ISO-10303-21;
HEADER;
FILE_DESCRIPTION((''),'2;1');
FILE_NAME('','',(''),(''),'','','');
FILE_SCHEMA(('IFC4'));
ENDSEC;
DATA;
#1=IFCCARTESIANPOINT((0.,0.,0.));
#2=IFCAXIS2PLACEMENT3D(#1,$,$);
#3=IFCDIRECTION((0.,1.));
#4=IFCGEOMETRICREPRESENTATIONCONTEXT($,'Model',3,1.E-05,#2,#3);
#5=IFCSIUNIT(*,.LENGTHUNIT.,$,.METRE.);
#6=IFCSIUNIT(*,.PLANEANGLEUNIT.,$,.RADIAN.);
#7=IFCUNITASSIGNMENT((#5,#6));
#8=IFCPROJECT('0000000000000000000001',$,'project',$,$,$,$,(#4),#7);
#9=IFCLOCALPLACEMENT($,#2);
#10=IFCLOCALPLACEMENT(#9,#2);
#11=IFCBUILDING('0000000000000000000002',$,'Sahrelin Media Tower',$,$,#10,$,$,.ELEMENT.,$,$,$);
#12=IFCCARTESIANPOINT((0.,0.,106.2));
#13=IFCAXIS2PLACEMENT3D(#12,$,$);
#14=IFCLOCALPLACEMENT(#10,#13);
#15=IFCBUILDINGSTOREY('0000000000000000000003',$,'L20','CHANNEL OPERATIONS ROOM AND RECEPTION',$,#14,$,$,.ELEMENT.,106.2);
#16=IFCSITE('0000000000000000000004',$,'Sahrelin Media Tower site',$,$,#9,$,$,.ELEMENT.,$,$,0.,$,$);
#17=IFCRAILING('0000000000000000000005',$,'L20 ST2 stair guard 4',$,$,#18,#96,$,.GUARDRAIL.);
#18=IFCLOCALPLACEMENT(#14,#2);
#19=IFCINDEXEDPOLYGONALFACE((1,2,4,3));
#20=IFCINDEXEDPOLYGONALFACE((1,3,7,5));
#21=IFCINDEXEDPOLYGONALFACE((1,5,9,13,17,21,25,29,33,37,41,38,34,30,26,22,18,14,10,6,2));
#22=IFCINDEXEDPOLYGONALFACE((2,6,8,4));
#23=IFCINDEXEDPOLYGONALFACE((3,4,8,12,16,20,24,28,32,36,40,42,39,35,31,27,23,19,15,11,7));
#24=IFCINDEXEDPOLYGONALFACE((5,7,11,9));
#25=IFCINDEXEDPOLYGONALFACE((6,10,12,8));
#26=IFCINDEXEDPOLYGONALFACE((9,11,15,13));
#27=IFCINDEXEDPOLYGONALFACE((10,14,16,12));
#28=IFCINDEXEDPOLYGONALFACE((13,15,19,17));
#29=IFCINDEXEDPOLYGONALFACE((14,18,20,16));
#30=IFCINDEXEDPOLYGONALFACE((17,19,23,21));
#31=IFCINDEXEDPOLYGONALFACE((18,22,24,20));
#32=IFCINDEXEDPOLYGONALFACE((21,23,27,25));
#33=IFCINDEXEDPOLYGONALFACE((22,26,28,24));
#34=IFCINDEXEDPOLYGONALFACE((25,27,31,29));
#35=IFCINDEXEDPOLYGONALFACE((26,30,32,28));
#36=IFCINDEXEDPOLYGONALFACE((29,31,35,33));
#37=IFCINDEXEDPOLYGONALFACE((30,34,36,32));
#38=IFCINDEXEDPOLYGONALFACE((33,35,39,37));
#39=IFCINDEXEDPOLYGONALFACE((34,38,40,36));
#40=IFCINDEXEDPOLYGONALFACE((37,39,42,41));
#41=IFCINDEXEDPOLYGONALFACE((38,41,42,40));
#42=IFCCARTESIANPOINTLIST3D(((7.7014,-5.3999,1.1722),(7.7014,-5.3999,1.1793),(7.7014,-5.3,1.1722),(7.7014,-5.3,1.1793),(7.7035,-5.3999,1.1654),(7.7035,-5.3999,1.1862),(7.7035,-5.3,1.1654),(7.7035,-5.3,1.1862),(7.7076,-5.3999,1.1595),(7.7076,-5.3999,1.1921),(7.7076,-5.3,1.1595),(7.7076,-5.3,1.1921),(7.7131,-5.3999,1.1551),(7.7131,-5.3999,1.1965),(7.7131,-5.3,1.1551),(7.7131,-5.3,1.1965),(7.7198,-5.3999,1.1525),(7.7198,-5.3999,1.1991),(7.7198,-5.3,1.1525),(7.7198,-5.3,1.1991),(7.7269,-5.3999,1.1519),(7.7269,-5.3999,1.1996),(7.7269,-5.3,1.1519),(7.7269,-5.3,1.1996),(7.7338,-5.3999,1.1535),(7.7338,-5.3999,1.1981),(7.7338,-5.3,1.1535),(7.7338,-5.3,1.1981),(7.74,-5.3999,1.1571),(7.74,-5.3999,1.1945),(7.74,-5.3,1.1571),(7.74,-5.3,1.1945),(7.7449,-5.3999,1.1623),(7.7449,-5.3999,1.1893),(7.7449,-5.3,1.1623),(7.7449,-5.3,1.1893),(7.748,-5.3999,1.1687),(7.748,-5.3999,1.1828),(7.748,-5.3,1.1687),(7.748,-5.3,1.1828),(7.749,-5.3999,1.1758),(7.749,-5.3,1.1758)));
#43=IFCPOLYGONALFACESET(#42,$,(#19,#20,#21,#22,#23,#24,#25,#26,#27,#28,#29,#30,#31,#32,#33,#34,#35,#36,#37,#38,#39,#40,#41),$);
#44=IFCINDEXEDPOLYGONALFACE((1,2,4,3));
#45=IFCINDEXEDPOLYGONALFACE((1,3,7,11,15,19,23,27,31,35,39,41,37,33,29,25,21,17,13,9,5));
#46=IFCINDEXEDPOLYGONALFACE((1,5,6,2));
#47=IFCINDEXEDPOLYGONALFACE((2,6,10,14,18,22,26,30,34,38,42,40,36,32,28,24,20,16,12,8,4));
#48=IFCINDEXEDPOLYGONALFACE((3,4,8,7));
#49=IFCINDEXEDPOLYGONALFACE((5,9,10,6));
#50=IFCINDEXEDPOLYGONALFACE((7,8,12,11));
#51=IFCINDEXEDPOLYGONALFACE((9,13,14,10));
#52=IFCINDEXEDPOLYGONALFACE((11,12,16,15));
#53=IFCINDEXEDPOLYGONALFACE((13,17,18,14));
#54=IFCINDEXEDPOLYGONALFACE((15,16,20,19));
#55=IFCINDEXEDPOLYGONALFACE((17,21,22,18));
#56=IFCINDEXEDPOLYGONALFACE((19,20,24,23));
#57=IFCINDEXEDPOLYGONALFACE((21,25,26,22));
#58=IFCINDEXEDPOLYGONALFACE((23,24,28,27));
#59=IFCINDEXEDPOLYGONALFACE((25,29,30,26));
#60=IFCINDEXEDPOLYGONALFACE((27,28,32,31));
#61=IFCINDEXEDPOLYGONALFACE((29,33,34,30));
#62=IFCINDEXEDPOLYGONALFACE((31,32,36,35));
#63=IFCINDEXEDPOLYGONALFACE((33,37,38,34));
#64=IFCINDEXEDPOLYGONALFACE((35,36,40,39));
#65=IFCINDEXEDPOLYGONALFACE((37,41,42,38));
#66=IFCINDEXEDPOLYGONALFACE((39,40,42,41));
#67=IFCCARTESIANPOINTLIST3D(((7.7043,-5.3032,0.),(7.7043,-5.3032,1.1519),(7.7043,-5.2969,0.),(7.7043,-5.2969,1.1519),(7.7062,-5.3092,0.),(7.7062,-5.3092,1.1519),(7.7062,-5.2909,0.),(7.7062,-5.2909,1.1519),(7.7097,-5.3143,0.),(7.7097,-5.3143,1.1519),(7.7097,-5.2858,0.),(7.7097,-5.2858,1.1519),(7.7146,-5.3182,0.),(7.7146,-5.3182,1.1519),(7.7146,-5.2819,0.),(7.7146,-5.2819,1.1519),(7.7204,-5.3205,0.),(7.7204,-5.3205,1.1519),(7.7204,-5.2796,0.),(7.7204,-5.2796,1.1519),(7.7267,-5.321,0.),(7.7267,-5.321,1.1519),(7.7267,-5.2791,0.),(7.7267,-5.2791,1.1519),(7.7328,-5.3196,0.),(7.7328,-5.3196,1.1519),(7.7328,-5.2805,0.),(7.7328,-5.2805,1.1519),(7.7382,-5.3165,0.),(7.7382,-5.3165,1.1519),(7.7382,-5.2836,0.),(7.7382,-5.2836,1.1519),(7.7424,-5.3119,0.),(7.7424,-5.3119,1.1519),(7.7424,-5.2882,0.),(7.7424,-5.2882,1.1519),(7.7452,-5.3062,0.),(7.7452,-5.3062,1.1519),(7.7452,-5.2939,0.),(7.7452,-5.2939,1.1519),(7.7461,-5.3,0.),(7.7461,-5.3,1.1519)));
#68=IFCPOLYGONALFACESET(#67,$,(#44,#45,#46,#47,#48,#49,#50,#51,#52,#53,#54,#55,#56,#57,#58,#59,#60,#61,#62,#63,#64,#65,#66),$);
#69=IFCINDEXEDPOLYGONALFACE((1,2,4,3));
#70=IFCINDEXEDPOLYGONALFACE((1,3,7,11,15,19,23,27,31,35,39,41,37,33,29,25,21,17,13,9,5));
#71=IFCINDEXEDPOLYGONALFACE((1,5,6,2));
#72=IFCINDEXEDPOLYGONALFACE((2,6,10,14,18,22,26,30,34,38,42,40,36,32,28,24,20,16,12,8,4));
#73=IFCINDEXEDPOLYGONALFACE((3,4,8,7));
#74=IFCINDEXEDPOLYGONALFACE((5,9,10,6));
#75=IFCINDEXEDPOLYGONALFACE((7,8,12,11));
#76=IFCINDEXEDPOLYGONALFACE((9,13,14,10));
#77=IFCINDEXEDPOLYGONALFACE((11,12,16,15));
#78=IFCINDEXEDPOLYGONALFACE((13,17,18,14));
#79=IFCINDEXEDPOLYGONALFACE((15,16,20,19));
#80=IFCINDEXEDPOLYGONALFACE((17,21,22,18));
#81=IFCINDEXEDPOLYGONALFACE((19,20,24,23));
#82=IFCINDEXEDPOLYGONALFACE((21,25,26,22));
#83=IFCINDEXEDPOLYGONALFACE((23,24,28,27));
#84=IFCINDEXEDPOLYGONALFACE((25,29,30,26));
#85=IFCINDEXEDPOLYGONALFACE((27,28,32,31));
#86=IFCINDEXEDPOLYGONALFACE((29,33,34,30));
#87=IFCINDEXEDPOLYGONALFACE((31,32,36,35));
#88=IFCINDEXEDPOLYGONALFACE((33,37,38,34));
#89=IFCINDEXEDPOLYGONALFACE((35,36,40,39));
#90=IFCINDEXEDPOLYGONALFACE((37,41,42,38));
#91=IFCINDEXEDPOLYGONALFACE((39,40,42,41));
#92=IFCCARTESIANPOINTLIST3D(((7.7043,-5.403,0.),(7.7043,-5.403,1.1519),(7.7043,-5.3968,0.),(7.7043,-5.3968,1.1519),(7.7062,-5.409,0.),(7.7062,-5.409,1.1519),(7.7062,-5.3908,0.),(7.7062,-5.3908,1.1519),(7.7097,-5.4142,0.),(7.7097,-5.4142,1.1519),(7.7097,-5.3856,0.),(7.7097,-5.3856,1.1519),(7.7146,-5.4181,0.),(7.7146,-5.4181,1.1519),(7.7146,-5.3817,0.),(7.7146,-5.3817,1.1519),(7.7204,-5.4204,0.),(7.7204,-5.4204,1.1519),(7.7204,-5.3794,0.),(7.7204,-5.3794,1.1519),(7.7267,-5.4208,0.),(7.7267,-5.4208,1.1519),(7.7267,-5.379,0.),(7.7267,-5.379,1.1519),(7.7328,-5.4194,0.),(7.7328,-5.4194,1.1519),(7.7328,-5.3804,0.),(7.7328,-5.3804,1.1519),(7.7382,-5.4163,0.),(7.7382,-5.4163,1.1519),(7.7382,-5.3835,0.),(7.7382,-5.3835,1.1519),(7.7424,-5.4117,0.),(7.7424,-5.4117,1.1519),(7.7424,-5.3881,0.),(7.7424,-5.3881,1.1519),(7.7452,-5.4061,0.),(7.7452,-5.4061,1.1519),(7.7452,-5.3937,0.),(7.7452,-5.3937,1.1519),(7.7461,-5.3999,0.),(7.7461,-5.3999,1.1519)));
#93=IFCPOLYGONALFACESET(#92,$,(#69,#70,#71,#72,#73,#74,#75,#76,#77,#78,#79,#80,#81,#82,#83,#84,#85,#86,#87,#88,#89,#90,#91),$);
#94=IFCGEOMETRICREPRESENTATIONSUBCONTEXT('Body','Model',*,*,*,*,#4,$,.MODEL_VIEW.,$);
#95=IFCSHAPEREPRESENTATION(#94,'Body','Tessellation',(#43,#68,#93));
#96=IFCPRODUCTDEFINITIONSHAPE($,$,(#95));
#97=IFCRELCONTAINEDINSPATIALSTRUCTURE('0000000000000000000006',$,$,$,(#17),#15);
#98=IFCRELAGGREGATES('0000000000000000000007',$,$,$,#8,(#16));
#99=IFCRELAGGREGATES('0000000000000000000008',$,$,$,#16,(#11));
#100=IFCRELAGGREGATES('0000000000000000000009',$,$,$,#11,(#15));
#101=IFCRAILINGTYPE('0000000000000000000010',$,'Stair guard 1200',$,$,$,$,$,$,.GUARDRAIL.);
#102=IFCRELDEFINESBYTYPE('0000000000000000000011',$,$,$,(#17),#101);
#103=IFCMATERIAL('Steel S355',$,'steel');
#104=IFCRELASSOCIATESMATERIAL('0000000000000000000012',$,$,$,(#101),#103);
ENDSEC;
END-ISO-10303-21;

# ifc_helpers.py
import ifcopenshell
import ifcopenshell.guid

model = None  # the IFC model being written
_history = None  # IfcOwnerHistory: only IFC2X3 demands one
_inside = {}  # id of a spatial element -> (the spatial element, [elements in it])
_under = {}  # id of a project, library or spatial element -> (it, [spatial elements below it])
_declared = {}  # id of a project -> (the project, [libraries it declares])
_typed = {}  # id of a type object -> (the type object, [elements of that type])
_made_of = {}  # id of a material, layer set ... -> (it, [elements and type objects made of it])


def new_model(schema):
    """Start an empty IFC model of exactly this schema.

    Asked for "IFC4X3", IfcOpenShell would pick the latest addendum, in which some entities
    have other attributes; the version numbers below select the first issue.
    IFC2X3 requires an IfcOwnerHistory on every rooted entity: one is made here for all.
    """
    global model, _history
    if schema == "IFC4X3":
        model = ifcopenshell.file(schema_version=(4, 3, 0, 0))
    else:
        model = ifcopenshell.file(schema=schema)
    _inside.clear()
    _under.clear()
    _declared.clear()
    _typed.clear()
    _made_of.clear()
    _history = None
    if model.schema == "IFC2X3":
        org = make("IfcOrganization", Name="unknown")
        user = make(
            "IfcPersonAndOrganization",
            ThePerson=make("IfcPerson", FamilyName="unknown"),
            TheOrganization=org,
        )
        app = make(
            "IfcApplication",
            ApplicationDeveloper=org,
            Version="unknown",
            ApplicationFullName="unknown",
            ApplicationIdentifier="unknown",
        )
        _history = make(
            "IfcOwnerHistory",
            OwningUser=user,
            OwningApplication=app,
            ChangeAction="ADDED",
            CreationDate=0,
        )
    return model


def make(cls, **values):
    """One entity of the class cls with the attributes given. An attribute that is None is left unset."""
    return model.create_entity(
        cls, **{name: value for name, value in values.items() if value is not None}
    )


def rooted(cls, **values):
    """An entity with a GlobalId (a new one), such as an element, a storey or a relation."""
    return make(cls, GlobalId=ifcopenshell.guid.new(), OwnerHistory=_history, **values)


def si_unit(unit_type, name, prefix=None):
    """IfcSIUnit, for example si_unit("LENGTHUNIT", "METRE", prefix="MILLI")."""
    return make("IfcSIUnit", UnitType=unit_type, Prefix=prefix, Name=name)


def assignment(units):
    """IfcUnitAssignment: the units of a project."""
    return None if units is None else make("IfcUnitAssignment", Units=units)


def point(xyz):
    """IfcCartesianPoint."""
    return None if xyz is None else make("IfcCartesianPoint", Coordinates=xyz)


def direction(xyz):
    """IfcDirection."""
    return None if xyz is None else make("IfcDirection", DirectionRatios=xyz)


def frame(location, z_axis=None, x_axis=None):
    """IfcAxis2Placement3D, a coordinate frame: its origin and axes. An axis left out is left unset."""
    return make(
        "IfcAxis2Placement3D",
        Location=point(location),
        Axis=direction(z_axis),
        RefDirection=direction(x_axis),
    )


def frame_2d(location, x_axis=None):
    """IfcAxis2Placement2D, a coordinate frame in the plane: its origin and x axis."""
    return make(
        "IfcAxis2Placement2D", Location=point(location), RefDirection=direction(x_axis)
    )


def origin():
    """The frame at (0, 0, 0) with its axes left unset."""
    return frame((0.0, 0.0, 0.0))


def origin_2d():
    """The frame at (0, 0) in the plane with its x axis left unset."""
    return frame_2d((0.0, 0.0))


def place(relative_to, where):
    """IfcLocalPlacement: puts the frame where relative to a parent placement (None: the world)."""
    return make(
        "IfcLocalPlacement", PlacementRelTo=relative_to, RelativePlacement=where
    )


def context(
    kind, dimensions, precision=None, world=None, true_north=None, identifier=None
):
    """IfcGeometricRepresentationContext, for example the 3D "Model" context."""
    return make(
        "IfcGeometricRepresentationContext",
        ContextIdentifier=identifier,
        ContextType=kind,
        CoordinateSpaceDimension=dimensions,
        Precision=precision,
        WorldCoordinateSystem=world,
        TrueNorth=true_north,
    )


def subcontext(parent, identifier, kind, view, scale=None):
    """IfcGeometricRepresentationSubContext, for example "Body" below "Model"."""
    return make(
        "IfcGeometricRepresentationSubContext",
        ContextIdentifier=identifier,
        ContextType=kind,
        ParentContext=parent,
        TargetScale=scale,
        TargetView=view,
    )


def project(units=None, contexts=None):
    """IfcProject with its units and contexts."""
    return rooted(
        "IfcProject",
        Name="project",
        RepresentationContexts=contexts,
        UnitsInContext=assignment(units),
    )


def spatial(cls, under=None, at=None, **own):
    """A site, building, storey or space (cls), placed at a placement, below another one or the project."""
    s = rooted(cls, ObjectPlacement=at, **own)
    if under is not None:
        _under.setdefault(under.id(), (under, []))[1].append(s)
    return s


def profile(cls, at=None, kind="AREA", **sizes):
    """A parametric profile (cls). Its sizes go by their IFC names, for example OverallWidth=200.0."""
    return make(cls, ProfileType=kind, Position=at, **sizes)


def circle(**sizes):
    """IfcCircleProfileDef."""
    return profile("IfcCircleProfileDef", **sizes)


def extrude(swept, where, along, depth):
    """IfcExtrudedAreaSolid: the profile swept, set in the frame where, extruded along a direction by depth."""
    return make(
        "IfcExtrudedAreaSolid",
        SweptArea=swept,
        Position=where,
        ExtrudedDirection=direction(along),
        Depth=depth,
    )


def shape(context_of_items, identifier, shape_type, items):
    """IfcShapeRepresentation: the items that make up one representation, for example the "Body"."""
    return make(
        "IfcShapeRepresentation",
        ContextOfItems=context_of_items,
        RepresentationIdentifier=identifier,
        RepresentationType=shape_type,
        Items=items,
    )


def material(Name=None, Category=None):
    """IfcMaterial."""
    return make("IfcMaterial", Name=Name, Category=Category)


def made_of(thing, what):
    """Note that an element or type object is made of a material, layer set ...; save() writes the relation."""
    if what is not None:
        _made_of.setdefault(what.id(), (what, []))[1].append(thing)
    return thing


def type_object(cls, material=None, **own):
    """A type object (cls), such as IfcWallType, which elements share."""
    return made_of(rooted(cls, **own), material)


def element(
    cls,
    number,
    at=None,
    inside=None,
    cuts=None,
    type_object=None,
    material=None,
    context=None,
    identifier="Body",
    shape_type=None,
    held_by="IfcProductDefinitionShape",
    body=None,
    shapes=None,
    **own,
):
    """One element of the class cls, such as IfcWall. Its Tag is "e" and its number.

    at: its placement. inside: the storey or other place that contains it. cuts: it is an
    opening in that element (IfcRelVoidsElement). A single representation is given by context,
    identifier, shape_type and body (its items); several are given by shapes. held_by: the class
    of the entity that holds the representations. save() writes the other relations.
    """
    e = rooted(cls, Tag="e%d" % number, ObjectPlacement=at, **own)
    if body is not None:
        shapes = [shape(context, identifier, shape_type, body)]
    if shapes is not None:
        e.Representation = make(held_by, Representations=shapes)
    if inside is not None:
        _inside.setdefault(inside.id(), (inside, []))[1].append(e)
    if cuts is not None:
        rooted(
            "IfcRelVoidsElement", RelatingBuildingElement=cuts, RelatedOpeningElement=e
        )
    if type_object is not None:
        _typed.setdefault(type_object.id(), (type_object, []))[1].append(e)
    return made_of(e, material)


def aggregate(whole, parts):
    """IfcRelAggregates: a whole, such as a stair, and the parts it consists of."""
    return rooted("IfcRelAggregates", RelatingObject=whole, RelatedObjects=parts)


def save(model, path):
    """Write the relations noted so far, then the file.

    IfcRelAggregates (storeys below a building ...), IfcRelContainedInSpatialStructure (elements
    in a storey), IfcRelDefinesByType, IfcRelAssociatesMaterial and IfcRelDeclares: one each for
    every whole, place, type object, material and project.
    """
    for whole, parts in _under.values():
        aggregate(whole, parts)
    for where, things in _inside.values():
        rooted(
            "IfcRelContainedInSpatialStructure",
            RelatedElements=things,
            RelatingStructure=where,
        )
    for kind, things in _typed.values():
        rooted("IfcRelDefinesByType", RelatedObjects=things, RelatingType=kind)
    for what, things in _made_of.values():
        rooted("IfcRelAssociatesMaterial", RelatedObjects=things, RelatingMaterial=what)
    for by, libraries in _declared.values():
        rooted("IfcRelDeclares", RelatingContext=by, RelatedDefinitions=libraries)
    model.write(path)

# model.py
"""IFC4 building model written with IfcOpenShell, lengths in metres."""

from ifc_helpers import new_model, si_unit, direction, frame, origin, origin_2d, place, context, subcontext, project, spatial, circle, extrude, material, type_object, element, save


model = new_model("IFC4")

# Units and contexts
model_context = context("Model", 3, precision=1e-05, world=origin(), true_north=direction((0.0, 1.0)))
body_context = subcontext(model_context, "Body", "Model", "MODEL_VIEW")
ifc_project = project(units=[si_unit("LENGTHUNIT", "METRE"), si_unit("PLANEANGLEUNIT", "RADIAN")], contexts=[model_context])

# Site, building, storey
site_placement = place(None, origin())
site = spatial("IfcSite", under=ifc_project, at=site_placement, Name="Sahrelin Media Tower site", CompositionType="ELEMENT", RefElevation=0.0)
building_placement = place(site_placement, origin())
building = spatial("IfcBuilding", under=site, at=building_placement, Name="Sahrelin Media Tower", CompositionType="ELEMENT")
storey_placement = place(building_placement, frame((0.0, 0.0, 106.2)))
storey = spatial("IfcBuildingStorey", under=building, at=storey_placement, Name="L20", Description="CHANNEL OPERATIONS ROOM AND RECEPTION", CompositionType="ELEMENT", Elevation=106.2)

# Shared definitions
ifc_material_1 = material(Name="Steel S355", Category="steel")

# Railing
railing_type_1 = type_object("IfcRailingType", Name="Stair guard 1200", PredefinedType="GUARDRAIL", material=ifc_material_1)
railing_1_placement = place(storey_placement, frame((7.7251, -5.3, 0.0)))
element("IfcRailing", 1, at=railing_1_placement, inside=storey, type_object=railing_type_1, Name="L20 ST2 stair guard 4", PredefinedType="GUARDRAIL", context=body_context, shape_type="SweptSolid", body=[
    extrude(circle(Radius=0.0239, at=origin_2d()), frame((0.0, 0.0, 1.1758), z_axis=(0.0, -1.0, 0.0), x_axis=(1.0, 0.0, 0.0)), (0.0, 0.0, 1.0), 0.0999),
    extrude(circle(Radius=0.021, at=origin_2d()), origin(), (0.0, 0.0, 1.0), 1.1519),
    extrude(circle(Radius=0.021, at=origin_2d()), frame((0.0, -0.0999, 0.0)), (0.0, 0.0, 1.0), 1.1519),
])

save(model, "model.ifc")
